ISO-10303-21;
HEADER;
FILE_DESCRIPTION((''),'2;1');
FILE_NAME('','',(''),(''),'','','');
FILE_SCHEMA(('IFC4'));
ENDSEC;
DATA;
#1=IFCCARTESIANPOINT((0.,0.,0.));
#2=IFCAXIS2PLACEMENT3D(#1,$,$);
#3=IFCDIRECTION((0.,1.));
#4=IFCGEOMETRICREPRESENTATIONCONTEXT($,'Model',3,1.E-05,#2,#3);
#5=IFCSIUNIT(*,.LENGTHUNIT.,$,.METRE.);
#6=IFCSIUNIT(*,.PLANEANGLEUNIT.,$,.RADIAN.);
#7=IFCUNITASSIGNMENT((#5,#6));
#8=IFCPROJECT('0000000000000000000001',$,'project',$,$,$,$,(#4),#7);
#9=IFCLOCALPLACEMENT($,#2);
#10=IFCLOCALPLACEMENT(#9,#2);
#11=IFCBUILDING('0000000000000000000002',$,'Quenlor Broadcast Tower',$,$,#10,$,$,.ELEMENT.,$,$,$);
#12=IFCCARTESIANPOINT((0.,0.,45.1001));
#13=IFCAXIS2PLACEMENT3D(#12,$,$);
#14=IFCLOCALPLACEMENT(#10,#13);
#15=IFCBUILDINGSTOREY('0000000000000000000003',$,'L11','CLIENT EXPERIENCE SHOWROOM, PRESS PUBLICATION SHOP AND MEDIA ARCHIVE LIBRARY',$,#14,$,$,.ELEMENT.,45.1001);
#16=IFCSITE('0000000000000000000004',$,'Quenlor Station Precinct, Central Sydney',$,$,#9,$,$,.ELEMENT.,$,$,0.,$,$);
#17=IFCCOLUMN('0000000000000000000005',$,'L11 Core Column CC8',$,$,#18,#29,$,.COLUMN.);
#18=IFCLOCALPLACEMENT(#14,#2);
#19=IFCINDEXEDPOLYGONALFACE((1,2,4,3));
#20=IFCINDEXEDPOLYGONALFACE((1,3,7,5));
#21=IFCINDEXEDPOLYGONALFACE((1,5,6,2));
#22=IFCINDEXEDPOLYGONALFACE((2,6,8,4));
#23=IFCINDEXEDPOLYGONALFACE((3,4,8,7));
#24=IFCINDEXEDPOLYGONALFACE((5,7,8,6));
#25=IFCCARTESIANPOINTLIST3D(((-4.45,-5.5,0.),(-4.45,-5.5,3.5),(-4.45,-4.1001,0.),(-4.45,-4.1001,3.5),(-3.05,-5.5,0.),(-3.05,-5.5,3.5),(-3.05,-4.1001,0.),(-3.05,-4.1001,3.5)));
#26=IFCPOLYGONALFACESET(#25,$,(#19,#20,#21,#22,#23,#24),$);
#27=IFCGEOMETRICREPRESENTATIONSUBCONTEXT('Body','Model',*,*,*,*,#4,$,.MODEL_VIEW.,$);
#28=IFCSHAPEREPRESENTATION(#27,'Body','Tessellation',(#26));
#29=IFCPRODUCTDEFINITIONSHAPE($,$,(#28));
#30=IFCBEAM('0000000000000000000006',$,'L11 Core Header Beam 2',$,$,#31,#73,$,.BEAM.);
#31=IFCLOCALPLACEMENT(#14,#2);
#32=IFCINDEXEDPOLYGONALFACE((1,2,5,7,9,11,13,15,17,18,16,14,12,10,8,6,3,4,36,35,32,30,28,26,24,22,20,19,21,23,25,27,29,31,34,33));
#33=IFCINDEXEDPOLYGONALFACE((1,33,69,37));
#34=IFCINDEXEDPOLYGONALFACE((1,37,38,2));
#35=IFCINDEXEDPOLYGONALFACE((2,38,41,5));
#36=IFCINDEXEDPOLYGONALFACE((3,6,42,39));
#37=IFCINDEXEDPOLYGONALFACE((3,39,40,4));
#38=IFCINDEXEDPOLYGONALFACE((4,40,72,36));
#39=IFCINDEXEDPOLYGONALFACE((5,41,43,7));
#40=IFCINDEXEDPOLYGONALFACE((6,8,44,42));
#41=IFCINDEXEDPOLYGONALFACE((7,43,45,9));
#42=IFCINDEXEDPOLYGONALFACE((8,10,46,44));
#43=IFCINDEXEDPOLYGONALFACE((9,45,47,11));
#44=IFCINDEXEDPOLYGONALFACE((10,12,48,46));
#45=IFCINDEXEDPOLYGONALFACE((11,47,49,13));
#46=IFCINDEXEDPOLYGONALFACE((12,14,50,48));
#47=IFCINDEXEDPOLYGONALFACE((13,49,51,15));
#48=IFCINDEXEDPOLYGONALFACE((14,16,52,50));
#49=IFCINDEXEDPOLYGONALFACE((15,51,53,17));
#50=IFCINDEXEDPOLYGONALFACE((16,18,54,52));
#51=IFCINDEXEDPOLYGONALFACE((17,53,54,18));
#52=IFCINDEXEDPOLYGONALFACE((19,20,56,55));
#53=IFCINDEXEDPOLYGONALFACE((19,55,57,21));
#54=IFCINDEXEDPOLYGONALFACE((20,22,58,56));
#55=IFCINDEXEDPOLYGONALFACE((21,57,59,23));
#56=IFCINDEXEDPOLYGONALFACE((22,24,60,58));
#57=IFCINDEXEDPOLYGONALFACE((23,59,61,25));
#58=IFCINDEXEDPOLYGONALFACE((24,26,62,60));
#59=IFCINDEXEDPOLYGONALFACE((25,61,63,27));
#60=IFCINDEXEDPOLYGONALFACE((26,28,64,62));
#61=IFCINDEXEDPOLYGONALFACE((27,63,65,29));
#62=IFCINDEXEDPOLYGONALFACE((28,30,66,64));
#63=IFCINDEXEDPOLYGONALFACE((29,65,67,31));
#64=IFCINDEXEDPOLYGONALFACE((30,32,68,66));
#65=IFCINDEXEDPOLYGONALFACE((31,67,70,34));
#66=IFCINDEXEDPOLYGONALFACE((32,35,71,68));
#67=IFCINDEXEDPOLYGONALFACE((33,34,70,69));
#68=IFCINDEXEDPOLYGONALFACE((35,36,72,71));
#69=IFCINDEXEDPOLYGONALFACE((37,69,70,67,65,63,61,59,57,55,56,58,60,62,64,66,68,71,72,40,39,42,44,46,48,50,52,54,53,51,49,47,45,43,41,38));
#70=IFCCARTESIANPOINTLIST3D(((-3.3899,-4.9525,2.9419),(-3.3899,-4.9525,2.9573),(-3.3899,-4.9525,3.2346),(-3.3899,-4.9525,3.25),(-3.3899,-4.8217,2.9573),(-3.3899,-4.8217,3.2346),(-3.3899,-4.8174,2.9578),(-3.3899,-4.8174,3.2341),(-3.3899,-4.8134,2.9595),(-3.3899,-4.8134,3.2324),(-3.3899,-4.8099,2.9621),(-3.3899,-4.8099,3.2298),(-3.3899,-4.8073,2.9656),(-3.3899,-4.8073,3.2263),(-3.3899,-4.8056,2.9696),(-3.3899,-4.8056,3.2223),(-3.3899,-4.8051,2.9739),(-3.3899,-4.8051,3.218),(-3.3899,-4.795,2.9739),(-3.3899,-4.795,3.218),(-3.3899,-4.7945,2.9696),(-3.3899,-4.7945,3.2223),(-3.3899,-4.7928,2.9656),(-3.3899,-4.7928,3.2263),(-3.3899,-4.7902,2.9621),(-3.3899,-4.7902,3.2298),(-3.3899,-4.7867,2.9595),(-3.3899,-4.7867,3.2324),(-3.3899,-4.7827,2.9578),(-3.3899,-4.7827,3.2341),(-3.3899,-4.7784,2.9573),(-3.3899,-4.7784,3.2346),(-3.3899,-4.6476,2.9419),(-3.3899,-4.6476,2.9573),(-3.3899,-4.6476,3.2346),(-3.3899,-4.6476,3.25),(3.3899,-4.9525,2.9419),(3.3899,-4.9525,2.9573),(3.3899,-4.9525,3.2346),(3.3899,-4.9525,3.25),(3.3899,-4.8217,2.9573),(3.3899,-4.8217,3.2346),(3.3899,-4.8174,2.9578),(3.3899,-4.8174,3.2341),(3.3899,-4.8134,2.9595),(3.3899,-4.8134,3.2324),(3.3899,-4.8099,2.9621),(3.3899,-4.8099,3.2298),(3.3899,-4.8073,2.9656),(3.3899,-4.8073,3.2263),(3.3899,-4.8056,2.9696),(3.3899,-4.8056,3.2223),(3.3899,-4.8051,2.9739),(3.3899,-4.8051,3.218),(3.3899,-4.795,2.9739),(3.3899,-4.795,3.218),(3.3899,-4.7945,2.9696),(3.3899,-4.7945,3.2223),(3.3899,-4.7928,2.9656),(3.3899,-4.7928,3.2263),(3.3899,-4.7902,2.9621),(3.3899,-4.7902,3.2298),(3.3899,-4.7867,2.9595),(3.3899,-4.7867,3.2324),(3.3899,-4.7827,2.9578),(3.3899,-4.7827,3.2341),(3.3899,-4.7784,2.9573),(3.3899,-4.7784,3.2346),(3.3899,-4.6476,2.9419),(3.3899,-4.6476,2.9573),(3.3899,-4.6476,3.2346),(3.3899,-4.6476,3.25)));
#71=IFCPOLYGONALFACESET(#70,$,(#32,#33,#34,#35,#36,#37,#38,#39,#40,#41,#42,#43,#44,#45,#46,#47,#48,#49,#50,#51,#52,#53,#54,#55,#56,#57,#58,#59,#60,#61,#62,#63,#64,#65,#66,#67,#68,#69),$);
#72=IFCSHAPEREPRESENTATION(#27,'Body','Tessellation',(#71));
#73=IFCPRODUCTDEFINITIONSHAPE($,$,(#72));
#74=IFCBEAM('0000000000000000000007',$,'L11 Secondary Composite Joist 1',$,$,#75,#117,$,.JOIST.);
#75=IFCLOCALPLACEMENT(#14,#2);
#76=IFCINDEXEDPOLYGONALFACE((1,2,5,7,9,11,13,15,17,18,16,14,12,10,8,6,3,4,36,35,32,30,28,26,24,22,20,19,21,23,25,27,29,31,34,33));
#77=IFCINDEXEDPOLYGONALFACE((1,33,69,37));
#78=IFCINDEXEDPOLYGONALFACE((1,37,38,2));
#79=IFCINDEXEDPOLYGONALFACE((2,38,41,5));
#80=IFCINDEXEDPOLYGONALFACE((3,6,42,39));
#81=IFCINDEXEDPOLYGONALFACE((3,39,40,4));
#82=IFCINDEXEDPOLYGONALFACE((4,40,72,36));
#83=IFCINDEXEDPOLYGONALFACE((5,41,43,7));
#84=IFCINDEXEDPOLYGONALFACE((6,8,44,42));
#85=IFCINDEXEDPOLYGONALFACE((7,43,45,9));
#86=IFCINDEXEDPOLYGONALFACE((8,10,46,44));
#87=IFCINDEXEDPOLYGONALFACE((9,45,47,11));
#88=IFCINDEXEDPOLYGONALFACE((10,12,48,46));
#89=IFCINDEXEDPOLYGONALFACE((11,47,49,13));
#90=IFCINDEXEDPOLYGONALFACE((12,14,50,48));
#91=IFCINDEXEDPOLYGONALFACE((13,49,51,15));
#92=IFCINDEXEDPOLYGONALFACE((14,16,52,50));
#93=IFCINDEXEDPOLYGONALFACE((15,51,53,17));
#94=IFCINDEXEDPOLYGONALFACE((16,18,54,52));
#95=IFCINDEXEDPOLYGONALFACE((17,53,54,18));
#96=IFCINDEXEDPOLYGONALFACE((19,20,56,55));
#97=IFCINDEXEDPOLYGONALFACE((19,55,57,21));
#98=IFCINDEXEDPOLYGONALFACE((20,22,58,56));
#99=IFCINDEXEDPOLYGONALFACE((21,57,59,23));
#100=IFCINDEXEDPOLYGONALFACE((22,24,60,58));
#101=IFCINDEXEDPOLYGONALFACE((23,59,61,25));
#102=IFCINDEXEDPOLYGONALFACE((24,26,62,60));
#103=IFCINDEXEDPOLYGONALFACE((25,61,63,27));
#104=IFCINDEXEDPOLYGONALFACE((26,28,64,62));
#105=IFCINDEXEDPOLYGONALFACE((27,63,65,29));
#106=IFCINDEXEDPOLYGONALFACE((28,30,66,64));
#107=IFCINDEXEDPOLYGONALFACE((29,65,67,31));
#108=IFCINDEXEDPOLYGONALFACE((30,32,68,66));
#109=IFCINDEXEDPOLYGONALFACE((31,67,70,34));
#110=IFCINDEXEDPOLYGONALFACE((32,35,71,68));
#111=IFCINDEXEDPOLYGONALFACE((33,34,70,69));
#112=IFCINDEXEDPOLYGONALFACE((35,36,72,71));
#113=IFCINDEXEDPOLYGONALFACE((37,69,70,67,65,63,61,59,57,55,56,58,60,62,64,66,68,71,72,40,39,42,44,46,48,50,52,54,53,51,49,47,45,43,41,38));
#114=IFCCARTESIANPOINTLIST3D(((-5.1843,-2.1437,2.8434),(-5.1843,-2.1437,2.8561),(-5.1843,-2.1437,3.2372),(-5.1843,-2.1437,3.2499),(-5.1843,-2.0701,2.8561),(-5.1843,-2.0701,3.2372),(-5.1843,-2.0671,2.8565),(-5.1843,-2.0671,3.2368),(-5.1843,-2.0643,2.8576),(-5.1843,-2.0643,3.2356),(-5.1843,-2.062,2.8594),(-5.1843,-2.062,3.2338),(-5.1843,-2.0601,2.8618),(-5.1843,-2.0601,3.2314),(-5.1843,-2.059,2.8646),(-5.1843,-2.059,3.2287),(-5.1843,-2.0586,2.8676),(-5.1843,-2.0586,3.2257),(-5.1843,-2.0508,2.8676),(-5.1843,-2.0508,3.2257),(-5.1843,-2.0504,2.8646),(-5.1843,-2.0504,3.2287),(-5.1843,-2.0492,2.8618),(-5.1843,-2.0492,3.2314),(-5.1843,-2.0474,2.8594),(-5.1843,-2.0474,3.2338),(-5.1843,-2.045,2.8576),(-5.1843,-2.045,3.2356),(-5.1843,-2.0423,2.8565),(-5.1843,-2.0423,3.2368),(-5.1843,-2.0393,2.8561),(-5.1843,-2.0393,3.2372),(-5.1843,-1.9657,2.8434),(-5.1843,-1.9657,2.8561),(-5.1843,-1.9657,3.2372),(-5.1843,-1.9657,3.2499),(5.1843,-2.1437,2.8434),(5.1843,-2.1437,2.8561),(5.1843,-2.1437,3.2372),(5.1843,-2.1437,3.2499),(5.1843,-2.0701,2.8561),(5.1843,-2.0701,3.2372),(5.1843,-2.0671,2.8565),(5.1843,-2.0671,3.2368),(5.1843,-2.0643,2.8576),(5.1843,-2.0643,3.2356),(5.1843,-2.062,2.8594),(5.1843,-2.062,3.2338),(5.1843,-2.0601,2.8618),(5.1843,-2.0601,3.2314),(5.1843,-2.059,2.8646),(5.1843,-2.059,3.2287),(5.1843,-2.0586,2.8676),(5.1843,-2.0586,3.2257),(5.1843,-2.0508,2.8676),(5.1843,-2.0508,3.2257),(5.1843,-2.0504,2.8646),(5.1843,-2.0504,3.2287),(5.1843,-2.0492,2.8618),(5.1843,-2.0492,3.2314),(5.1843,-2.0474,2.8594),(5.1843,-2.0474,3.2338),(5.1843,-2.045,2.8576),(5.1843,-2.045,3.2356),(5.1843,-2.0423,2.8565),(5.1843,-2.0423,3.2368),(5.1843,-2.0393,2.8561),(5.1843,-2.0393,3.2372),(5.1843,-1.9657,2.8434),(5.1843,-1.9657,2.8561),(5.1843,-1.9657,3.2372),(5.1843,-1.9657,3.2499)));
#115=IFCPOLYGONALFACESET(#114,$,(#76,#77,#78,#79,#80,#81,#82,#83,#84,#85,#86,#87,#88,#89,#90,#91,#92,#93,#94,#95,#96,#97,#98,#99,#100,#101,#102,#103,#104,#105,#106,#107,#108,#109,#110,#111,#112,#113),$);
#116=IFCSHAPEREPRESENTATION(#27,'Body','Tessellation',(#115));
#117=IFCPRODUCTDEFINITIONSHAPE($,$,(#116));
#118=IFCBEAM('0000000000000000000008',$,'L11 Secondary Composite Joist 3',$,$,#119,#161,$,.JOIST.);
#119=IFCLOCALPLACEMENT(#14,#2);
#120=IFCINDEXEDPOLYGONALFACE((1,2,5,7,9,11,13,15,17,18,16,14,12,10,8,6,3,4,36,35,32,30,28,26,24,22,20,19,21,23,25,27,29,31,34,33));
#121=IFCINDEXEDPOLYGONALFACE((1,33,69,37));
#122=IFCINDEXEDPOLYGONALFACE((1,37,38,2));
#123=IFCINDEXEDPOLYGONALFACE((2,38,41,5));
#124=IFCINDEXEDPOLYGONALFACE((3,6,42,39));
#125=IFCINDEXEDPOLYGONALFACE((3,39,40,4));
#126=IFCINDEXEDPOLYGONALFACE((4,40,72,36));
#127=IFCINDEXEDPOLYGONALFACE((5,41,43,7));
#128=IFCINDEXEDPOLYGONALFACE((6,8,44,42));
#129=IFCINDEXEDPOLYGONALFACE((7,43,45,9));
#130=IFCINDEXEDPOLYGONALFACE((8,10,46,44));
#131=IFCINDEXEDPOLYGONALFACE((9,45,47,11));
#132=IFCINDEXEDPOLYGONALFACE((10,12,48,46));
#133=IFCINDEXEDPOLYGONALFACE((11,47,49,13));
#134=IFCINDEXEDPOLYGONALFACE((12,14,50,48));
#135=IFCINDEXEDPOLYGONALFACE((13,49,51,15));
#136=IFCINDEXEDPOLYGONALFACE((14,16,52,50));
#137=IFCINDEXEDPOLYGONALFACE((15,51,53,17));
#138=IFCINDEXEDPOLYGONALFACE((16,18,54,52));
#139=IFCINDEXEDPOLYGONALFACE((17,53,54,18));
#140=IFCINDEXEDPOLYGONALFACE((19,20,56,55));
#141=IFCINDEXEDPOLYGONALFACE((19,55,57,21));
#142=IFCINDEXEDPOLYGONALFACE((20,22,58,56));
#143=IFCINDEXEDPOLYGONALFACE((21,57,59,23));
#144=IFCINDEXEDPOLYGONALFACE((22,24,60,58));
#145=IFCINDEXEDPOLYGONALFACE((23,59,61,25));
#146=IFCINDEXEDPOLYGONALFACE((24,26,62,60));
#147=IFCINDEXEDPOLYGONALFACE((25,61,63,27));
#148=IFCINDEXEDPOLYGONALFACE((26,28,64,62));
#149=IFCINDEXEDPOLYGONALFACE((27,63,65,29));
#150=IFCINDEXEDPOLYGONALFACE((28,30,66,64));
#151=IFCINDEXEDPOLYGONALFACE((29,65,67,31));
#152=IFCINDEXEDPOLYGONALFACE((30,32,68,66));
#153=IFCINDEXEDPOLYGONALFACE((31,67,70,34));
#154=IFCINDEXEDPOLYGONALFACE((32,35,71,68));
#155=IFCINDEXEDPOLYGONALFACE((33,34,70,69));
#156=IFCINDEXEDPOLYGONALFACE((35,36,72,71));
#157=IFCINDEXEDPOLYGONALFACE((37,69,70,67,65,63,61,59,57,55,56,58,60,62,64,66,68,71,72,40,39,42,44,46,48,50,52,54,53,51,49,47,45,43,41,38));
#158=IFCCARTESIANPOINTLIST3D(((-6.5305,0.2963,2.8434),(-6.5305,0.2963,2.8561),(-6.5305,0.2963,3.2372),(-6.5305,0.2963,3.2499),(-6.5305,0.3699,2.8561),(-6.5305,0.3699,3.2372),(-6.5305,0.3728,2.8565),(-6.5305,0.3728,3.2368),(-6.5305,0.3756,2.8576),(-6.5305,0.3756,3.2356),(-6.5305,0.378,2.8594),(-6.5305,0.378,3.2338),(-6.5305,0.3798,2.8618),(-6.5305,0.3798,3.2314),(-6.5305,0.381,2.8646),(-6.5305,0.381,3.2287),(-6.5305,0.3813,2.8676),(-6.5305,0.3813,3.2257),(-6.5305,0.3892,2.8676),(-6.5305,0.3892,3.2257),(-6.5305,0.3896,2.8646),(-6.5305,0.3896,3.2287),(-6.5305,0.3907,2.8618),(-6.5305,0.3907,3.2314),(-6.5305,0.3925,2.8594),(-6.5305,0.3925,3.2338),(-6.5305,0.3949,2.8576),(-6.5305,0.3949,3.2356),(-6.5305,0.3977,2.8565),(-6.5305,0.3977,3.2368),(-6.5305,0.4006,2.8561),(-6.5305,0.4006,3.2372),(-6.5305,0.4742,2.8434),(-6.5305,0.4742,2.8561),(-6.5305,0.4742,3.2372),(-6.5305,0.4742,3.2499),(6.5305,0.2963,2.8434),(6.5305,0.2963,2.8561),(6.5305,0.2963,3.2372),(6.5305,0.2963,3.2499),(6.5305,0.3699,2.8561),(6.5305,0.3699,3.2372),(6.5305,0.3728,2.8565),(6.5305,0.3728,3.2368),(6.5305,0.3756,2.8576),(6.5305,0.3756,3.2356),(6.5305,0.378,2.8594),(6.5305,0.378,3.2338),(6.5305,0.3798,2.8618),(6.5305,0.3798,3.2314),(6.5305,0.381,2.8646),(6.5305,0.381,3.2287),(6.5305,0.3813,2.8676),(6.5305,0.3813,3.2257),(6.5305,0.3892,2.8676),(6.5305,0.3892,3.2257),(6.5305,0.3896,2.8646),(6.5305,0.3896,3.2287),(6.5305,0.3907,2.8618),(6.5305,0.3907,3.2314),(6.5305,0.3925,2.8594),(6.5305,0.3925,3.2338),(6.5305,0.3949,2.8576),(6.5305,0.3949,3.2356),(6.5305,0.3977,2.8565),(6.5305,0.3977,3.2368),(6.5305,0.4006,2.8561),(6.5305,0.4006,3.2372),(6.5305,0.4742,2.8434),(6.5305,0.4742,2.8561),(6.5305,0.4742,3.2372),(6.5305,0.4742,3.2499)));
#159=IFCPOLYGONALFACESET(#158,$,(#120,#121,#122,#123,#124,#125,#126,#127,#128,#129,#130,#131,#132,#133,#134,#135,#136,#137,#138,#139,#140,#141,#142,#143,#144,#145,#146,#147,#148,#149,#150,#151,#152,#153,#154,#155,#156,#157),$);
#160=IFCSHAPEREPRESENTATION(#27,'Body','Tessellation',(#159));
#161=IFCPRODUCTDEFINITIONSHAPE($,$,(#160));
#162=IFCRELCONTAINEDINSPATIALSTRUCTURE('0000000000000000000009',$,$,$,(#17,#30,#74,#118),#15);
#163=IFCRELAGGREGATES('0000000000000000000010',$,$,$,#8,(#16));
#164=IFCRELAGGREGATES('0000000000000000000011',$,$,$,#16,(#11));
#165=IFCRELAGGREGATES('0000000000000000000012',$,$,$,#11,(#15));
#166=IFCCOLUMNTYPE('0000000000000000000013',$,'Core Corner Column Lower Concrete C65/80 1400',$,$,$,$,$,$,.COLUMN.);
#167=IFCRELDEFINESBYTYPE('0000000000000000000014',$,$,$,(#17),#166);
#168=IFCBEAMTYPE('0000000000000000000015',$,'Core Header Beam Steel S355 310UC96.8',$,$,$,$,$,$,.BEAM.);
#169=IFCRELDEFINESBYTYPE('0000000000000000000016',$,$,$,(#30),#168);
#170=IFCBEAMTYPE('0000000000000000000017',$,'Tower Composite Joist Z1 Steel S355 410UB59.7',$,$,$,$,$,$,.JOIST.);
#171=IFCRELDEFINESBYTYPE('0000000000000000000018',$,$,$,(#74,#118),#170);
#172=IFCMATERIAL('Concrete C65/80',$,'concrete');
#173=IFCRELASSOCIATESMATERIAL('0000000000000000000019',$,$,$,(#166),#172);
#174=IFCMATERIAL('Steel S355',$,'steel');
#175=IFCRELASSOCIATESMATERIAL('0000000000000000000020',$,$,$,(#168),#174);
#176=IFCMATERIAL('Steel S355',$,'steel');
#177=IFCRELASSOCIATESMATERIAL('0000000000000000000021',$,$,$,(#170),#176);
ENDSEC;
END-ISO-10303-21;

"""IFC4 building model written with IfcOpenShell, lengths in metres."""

from ifc_helpers import new_model, si_unit, direction, frame, origin, origin_2d, place, context, subcontext, project, spatial, rectangle, i_section, extrude, material, material_profile, profile_set, type_object, element, save


model = new_model("IFC4")

# Units and contexts
model_context = context("Model", 3, precision=1e-05, world=origin(), true_north=direction((0.0, 1.0)))
body_context = subcontext(model_context, "Body", "Model", "MODEL_VIEW")
ifc_project = project(units=[si_unit("LENGTHUNIT", "METRE"), si_unit("PLANEANGLEUNIT", "RADIAN")], contexts=[model_context])

# Site, building, storey
site_placement = place(None, origin())
site = spatial("IfcSite", under=ifc_project, at=site_placement, Name="Quenlor Station Precinct, Central Sydney", CompositionType="ELEMENT", RefElevation=0.0)
building_placement = place(site_placement, origin())
building = spatial("IfcBuilding", under=site, at=building_placement, Name="Quenlor Broadcast Tower", CompositionType="ELEMENT")
storey_placement = place(building_placement, frame((0.0, 0.0, 45.1001)))
storey = spatial("IfcBuildingStorey", under=building, at=storey_placement, Name="L11", Description="CLIENT EXPERIENCE SHOWROOM, PRESS PUBLICATION SHOP AND MEDIA ARCHIVE LIBRARY", CompositionType="ELEMENT", Elevation=45.1001)

# Column
ifc_material_1 = material(Name="Concrete C65/80", Category="concrete")
ifc_material_profile_1 = material_profile(ifc_material_1, rectangle(XDim=1.3999, YDim=1.3999, at=origin_2d()))
ifc_profile_set_1 = profile_set([ifc_material_profile_1], Name="Concrete C65/80 RC1400x1400")
column_type = type_object("IfcColumnType", Name="Core Corner Column Lower Concrete C65/80 1400", PredefinedType="COLUMN", material=ifc_profile_set_1)
column_placement = place(storey_placement, frame((-3.75, -4.8, 0.0), z_axis=(0.0, 0.0, 1.0), x_axis=(1.0, 0.0, 0.0)))
element("IfcColumn", 1, at=column_placement, inside=storey, type_object=column_type, Name="L11 Core Column CC8", PredefinedType="COLUMN", context=body_context, shape_type="SweptSolid", body=[
    extrude(rectangle(XDim=1.3999, YDim=1.3999, at=origin_2d()), origin(), (0.0, 0.0, 1.0), 3.5),
])

# Beams
ifc_material_2 = material(Name="Steel S355", Category="steel")
ifc_material_profile_2 = material_profile(ifc_material_2, i_section(OverallWidth=0.3049, OverallDepth=0.3081, WebThickness=0.01, FlangeThickness=0.0154, FilletRadius=0.0166, at=origin_2d()))
ifc_profile_set_2 = profile_set([ifc_material_profile_2], Name="Steel S355 310UC96.8")
beam_type_1 = type_object("IfcBeamType", Name="Core Header Beam Steel S355 310UC96.8", PredefinedType="BEAM", material=ifc_profile_set_2)
beam_1_placement = place(storey_placement, frame((-3.3899, -4.8, 3.0959), z_axis=(1.0, 0.0, 0.0), x_axis=(0.0, 1.0, 0.0)))
element("IfcBeam", 2, at=beam_1_placement, inside=storey, type_object=beam_type_1, Name="L11 Core Header Beam 2", PredefinedType="BEAM", context=body_context, shape_type="SweptSolid", body=[
    extrude(i_section(OverallWidth=0.3049, OverallDepth=0.3081, WebThickness=0.01, FlangeThickness=0.0154, FilletRadius=0.0166, at=origin_2d()), origin(), (0.0, 0.0, 1.0), 6.7798),
])
ifc_material_3 = material(Name="Steel S355", Category="steel")
ifc_material_profile_3 = material_profile(ifc_material_3, i_section(OverallWidth=0.178, OverallDepth=0.4065, WebThickness=0.0078, FlangeThickness=0.0127, FilletRadius=0.0115, at=origin_2d()))
ifc_profile_set_3 = profile_set([ifc_material_profile_3], Name="Steel S355 410UB59.7")
beam_type_2 = type_object("IfcBeamType", Name="Tower Composite Joist Z1 Steel S355 410UB59.7", PredefinedType="JOIST", material=ifc_profile_set_3)
beam_2_placement = place(storey_placement, frame((-5.1843, -2.0547, 3.0466), z_axis=(1.0, 0.0, 0.0), x_axis=(0.0, 1.0, 0.0)))
element("IfcBeam", 3, at=beam_2_placement, inside=storey, type_object=beam_type_2, Name="L11 Secondary Composite Joist 1", PredefinedType="JOIST", context=body_context, shape_type="SweptSolid", body=[
    extrude(i_section(OverallWidth=0.178, OverallDepth=0.4065, WebThickness=0.0078, FlangeThickness=0.0127, FilletRadius=0.0115, at=origin_2d()), origin(), (0.0, 0.0, 1.0), 10.3687),
])
beam_3_placement = place(storey_placement, frame((-6.5305, 0.3853, 3.0466), z_axis=(1.0, 0.0, 0.0), x_axis=(0.0, 1.0, 0.0)))
element("IfcBeam", 4, at=beam_3_placement, inside=storey, type_object=beam_type_2, Name="L11 Secondary Composite Joist 3", PredefinedType="JOIST", context=body_context, shape_type="SweptSolid", body=[
    extrude(i_section(OverallWidth=0.178, OverallDepth=0.4065, WebThickness=0.0078, FlangeThickness=0.0127, FilletRadius=0.0115, at=origin_2d()), origin(), (0.0, 0.0, 1.0), 13.061),
])

save(model, "model.ifc")
